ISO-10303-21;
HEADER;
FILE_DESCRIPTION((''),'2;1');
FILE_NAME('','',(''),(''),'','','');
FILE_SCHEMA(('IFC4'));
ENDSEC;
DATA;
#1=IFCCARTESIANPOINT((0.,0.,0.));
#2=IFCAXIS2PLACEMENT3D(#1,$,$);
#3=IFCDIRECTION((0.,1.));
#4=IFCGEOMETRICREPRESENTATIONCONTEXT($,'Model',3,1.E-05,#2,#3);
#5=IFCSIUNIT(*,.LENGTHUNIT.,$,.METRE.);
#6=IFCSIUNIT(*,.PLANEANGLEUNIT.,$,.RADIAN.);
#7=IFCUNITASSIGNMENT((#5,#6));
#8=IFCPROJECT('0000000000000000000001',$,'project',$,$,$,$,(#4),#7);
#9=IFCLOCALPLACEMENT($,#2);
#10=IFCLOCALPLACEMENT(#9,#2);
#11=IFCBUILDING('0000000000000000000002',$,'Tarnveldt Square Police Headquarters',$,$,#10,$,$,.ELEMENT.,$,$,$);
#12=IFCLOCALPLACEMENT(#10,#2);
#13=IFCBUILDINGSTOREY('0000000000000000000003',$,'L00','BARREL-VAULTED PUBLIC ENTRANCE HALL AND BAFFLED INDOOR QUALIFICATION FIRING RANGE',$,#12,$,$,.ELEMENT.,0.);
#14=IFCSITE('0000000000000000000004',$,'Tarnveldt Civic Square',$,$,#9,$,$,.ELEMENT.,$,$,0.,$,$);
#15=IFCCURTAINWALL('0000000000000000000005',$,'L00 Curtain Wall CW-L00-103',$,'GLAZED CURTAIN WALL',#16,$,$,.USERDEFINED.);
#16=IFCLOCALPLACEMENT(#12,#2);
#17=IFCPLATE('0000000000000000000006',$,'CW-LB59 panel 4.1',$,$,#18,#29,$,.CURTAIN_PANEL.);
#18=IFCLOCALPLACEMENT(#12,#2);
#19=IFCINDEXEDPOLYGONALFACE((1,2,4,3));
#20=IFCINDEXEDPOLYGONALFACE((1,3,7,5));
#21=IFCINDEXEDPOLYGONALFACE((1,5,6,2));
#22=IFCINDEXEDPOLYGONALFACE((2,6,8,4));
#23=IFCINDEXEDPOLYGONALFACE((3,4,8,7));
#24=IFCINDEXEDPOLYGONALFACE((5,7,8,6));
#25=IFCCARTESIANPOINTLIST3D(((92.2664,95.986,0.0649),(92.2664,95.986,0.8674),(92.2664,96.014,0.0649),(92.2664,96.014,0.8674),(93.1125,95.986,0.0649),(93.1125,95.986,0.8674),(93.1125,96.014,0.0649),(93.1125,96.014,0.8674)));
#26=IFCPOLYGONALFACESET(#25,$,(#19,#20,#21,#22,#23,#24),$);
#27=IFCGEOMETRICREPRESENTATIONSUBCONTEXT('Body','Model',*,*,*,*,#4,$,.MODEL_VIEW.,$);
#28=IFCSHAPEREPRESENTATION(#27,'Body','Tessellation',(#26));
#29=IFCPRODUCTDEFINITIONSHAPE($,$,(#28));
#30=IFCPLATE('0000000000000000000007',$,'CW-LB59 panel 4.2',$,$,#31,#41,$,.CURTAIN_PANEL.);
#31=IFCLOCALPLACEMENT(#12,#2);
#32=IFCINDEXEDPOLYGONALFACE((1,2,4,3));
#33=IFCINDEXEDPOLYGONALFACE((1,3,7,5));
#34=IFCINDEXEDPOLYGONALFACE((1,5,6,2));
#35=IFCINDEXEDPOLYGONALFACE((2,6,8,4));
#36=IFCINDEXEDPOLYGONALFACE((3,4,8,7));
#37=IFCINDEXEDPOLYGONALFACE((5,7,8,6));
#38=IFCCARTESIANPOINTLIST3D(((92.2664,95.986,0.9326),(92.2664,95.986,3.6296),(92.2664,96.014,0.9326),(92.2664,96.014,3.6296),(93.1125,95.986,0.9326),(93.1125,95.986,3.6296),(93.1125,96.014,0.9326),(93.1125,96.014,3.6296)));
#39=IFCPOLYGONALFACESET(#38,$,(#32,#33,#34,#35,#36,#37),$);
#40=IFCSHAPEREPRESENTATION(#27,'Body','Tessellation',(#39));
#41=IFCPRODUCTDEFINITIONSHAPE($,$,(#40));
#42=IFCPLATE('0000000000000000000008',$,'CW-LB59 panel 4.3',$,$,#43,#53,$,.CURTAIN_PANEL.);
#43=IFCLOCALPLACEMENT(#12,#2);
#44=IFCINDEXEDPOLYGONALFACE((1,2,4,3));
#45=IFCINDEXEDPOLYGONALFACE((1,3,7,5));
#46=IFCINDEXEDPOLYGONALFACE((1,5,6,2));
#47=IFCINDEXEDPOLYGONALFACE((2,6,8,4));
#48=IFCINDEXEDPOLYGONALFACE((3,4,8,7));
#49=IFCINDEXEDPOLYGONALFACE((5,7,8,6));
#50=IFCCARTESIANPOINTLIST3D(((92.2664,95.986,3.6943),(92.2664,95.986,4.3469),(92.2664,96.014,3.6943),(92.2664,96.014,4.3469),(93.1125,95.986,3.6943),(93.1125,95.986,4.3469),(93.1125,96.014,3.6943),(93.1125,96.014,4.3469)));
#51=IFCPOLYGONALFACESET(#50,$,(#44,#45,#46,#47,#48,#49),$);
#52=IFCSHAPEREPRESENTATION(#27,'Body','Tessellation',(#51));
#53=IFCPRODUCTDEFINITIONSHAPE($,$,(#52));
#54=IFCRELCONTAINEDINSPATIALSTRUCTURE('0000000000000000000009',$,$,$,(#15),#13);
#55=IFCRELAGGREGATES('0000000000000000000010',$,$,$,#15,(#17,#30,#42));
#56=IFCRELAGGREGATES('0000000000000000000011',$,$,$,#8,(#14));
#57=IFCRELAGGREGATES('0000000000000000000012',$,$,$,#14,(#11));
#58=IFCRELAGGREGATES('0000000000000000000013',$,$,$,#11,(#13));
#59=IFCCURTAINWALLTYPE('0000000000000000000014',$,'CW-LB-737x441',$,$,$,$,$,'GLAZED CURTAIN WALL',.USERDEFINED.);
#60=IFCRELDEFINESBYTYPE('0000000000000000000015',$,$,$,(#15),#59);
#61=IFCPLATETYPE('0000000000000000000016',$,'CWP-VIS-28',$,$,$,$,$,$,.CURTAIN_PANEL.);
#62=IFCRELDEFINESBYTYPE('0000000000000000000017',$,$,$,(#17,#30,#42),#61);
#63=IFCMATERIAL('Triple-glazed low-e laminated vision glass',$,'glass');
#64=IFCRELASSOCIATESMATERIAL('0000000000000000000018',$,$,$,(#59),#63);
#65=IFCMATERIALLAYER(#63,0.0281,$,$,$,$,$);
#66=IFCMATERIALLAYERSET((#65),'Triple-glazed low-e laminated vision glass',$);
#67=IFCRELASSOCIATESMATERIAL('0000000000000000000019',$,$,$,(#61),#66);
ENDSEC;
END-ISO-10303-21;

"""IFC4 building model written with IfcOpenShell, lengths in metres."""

from ifc_helpers import new_model, si_unit, direction, frame, origin, origin_2d, place, context, subcontext, project, spatial, rectangle, extrude, material, layer, layer_set, type_object, element, aggregate, save


model = new_model("IFC4")

# Units and contexts
model_context = context("Model", 3, precision=1e-05, world=origin(), true_north=direction((0.0, 1.0)))
body_context = subcontext(model_context, "Body", "Model", "MODEL_VIEW")
ifc_project = project(units=[si_unit("LENGTHUNIT", "METRE"), si_unit("PLANEANGLEUNIT", "RADIAN")], contexts=[model_context])

# Site, building, storey
site_placement = place(None, origin())
site = spatial("IfcSite", under=ifc_project, at=site_placement, Name="Tarnveldt Civic Square", CompositionType="ELEMENT", RefElevation=0.0)
building_placement = place(site_placement, origin())
building = spatial("IfcBuilding", under=site, at=building_placement, Name="Tarnveldt Square Police Headquarters", CompositionType="ELEMENT")
storey_placement = place(building_placement, origin())
storey = spatial("IfcBuildingStorey", under=building, at=storey_placement, Name="L00", Description="BARREL-VAULTED PUBLIC ENTRANCE HALL AND BAFFLED INDOOR QUALIFICATION FIRING RANGE", CompositionType="ELEMENT", Elevation=0.0)

# Curtain wall, plates
ifc_material_1 = material(Name="Triple-glazed low-e laminated vision glass", Category="glass")
curtain_wall_type = type_object("IfcCurtainWallType", Name="CW-LB-737x441", ElementType="GLAZED CURTAIN WALL", PredefinedType="USERDEFINED", material=ifc_material_1)
curtain_wall_placement = place(storey_placement, origin())
curtain_wall = element("IfcCurtainWall", 1, at=curtain_wall_placement, inside=storey, type_object=curtain_wall_type, Name="L00 Curtain Wall CW-L00-103", ObjectType="GLAZED CURTAIN WALL", PredefinedType="USERDEFINED")
ifc_layer = layer(ifc_material_1, 0.0281)
ifc_layer_set = layer_set([ifc_layer], Name="Triple-glazed low-e laminated vision glass")
plate_type = type_object("IfcPlateType", Name="CWP-VIS-28", PredefinedType="CURTAIN_PANEL", material=ifc_layer_set)
plate_1_placement = place(storey_placement, frame((92.6895, 96.0, 0.0649), z_axis=(0.0, 0.0, 1.0), x_axis=(1.0, 0.0, 0.0)))
plate_1 = element("IfcPlate", 2, at=plate_1_placement, type_object=plate_type, Name="CW-LB59 panel 4.1", PredefinedType="CURTAIN_PANEL", context=body_context, shape_type="SweptSolid", body=[
    extrude(rectangle(XDim=0.8462, YDim=0.0281, at=origin_2d()), origin(), (0.0, 0.0, 1.0), 0.8025),
])
plate_2_placement = place(storey_placement, frame((92.6895, 96.0, 0.9326), z_axis=(0.0, 0.0, 1.0), x_axis=(1.0, 0.0, 0.0)))
plate_2 = element("IfcPlate", 3, at=plate_2_placement, type_object=plate_type, Name="CW-LB59 panel 4.2", PredefinedType="CURTAIN_PANEL", context=body_context, shape_type="SweptSolid", body=[
    extrude(rectangle(XDim=0.8462, YDim=0.0281, at=origin_2d()), origin(), (0.0, 0.0, 1.0), 2.697),
])
plate_3_placement = place(storey_placement, frame((92.6895, 96.0, 3.6943), z_axis=(0.0, 0.0, 1.0), x_axis=(1.0, 0.0, 0.0)))
plate_3 = element("IfcPlate", 4, at=plate_3_placement, type_object=plate_type, Name="CW-LB59 panel 4.3", PredefinedType="CURTAIN_PANEL", context=body_context, shape_type="SweptSolid", body=[
    extrude(rectangle(XDim=0.8462, YDim=0.0281, at=origin_2d()), origin(), (0.0, 0.0, 1.0), 0.6526),
])
aggregate(curtain_wall, [plate_1, plate_2, plate_3])

save(model, "model.ifc")
